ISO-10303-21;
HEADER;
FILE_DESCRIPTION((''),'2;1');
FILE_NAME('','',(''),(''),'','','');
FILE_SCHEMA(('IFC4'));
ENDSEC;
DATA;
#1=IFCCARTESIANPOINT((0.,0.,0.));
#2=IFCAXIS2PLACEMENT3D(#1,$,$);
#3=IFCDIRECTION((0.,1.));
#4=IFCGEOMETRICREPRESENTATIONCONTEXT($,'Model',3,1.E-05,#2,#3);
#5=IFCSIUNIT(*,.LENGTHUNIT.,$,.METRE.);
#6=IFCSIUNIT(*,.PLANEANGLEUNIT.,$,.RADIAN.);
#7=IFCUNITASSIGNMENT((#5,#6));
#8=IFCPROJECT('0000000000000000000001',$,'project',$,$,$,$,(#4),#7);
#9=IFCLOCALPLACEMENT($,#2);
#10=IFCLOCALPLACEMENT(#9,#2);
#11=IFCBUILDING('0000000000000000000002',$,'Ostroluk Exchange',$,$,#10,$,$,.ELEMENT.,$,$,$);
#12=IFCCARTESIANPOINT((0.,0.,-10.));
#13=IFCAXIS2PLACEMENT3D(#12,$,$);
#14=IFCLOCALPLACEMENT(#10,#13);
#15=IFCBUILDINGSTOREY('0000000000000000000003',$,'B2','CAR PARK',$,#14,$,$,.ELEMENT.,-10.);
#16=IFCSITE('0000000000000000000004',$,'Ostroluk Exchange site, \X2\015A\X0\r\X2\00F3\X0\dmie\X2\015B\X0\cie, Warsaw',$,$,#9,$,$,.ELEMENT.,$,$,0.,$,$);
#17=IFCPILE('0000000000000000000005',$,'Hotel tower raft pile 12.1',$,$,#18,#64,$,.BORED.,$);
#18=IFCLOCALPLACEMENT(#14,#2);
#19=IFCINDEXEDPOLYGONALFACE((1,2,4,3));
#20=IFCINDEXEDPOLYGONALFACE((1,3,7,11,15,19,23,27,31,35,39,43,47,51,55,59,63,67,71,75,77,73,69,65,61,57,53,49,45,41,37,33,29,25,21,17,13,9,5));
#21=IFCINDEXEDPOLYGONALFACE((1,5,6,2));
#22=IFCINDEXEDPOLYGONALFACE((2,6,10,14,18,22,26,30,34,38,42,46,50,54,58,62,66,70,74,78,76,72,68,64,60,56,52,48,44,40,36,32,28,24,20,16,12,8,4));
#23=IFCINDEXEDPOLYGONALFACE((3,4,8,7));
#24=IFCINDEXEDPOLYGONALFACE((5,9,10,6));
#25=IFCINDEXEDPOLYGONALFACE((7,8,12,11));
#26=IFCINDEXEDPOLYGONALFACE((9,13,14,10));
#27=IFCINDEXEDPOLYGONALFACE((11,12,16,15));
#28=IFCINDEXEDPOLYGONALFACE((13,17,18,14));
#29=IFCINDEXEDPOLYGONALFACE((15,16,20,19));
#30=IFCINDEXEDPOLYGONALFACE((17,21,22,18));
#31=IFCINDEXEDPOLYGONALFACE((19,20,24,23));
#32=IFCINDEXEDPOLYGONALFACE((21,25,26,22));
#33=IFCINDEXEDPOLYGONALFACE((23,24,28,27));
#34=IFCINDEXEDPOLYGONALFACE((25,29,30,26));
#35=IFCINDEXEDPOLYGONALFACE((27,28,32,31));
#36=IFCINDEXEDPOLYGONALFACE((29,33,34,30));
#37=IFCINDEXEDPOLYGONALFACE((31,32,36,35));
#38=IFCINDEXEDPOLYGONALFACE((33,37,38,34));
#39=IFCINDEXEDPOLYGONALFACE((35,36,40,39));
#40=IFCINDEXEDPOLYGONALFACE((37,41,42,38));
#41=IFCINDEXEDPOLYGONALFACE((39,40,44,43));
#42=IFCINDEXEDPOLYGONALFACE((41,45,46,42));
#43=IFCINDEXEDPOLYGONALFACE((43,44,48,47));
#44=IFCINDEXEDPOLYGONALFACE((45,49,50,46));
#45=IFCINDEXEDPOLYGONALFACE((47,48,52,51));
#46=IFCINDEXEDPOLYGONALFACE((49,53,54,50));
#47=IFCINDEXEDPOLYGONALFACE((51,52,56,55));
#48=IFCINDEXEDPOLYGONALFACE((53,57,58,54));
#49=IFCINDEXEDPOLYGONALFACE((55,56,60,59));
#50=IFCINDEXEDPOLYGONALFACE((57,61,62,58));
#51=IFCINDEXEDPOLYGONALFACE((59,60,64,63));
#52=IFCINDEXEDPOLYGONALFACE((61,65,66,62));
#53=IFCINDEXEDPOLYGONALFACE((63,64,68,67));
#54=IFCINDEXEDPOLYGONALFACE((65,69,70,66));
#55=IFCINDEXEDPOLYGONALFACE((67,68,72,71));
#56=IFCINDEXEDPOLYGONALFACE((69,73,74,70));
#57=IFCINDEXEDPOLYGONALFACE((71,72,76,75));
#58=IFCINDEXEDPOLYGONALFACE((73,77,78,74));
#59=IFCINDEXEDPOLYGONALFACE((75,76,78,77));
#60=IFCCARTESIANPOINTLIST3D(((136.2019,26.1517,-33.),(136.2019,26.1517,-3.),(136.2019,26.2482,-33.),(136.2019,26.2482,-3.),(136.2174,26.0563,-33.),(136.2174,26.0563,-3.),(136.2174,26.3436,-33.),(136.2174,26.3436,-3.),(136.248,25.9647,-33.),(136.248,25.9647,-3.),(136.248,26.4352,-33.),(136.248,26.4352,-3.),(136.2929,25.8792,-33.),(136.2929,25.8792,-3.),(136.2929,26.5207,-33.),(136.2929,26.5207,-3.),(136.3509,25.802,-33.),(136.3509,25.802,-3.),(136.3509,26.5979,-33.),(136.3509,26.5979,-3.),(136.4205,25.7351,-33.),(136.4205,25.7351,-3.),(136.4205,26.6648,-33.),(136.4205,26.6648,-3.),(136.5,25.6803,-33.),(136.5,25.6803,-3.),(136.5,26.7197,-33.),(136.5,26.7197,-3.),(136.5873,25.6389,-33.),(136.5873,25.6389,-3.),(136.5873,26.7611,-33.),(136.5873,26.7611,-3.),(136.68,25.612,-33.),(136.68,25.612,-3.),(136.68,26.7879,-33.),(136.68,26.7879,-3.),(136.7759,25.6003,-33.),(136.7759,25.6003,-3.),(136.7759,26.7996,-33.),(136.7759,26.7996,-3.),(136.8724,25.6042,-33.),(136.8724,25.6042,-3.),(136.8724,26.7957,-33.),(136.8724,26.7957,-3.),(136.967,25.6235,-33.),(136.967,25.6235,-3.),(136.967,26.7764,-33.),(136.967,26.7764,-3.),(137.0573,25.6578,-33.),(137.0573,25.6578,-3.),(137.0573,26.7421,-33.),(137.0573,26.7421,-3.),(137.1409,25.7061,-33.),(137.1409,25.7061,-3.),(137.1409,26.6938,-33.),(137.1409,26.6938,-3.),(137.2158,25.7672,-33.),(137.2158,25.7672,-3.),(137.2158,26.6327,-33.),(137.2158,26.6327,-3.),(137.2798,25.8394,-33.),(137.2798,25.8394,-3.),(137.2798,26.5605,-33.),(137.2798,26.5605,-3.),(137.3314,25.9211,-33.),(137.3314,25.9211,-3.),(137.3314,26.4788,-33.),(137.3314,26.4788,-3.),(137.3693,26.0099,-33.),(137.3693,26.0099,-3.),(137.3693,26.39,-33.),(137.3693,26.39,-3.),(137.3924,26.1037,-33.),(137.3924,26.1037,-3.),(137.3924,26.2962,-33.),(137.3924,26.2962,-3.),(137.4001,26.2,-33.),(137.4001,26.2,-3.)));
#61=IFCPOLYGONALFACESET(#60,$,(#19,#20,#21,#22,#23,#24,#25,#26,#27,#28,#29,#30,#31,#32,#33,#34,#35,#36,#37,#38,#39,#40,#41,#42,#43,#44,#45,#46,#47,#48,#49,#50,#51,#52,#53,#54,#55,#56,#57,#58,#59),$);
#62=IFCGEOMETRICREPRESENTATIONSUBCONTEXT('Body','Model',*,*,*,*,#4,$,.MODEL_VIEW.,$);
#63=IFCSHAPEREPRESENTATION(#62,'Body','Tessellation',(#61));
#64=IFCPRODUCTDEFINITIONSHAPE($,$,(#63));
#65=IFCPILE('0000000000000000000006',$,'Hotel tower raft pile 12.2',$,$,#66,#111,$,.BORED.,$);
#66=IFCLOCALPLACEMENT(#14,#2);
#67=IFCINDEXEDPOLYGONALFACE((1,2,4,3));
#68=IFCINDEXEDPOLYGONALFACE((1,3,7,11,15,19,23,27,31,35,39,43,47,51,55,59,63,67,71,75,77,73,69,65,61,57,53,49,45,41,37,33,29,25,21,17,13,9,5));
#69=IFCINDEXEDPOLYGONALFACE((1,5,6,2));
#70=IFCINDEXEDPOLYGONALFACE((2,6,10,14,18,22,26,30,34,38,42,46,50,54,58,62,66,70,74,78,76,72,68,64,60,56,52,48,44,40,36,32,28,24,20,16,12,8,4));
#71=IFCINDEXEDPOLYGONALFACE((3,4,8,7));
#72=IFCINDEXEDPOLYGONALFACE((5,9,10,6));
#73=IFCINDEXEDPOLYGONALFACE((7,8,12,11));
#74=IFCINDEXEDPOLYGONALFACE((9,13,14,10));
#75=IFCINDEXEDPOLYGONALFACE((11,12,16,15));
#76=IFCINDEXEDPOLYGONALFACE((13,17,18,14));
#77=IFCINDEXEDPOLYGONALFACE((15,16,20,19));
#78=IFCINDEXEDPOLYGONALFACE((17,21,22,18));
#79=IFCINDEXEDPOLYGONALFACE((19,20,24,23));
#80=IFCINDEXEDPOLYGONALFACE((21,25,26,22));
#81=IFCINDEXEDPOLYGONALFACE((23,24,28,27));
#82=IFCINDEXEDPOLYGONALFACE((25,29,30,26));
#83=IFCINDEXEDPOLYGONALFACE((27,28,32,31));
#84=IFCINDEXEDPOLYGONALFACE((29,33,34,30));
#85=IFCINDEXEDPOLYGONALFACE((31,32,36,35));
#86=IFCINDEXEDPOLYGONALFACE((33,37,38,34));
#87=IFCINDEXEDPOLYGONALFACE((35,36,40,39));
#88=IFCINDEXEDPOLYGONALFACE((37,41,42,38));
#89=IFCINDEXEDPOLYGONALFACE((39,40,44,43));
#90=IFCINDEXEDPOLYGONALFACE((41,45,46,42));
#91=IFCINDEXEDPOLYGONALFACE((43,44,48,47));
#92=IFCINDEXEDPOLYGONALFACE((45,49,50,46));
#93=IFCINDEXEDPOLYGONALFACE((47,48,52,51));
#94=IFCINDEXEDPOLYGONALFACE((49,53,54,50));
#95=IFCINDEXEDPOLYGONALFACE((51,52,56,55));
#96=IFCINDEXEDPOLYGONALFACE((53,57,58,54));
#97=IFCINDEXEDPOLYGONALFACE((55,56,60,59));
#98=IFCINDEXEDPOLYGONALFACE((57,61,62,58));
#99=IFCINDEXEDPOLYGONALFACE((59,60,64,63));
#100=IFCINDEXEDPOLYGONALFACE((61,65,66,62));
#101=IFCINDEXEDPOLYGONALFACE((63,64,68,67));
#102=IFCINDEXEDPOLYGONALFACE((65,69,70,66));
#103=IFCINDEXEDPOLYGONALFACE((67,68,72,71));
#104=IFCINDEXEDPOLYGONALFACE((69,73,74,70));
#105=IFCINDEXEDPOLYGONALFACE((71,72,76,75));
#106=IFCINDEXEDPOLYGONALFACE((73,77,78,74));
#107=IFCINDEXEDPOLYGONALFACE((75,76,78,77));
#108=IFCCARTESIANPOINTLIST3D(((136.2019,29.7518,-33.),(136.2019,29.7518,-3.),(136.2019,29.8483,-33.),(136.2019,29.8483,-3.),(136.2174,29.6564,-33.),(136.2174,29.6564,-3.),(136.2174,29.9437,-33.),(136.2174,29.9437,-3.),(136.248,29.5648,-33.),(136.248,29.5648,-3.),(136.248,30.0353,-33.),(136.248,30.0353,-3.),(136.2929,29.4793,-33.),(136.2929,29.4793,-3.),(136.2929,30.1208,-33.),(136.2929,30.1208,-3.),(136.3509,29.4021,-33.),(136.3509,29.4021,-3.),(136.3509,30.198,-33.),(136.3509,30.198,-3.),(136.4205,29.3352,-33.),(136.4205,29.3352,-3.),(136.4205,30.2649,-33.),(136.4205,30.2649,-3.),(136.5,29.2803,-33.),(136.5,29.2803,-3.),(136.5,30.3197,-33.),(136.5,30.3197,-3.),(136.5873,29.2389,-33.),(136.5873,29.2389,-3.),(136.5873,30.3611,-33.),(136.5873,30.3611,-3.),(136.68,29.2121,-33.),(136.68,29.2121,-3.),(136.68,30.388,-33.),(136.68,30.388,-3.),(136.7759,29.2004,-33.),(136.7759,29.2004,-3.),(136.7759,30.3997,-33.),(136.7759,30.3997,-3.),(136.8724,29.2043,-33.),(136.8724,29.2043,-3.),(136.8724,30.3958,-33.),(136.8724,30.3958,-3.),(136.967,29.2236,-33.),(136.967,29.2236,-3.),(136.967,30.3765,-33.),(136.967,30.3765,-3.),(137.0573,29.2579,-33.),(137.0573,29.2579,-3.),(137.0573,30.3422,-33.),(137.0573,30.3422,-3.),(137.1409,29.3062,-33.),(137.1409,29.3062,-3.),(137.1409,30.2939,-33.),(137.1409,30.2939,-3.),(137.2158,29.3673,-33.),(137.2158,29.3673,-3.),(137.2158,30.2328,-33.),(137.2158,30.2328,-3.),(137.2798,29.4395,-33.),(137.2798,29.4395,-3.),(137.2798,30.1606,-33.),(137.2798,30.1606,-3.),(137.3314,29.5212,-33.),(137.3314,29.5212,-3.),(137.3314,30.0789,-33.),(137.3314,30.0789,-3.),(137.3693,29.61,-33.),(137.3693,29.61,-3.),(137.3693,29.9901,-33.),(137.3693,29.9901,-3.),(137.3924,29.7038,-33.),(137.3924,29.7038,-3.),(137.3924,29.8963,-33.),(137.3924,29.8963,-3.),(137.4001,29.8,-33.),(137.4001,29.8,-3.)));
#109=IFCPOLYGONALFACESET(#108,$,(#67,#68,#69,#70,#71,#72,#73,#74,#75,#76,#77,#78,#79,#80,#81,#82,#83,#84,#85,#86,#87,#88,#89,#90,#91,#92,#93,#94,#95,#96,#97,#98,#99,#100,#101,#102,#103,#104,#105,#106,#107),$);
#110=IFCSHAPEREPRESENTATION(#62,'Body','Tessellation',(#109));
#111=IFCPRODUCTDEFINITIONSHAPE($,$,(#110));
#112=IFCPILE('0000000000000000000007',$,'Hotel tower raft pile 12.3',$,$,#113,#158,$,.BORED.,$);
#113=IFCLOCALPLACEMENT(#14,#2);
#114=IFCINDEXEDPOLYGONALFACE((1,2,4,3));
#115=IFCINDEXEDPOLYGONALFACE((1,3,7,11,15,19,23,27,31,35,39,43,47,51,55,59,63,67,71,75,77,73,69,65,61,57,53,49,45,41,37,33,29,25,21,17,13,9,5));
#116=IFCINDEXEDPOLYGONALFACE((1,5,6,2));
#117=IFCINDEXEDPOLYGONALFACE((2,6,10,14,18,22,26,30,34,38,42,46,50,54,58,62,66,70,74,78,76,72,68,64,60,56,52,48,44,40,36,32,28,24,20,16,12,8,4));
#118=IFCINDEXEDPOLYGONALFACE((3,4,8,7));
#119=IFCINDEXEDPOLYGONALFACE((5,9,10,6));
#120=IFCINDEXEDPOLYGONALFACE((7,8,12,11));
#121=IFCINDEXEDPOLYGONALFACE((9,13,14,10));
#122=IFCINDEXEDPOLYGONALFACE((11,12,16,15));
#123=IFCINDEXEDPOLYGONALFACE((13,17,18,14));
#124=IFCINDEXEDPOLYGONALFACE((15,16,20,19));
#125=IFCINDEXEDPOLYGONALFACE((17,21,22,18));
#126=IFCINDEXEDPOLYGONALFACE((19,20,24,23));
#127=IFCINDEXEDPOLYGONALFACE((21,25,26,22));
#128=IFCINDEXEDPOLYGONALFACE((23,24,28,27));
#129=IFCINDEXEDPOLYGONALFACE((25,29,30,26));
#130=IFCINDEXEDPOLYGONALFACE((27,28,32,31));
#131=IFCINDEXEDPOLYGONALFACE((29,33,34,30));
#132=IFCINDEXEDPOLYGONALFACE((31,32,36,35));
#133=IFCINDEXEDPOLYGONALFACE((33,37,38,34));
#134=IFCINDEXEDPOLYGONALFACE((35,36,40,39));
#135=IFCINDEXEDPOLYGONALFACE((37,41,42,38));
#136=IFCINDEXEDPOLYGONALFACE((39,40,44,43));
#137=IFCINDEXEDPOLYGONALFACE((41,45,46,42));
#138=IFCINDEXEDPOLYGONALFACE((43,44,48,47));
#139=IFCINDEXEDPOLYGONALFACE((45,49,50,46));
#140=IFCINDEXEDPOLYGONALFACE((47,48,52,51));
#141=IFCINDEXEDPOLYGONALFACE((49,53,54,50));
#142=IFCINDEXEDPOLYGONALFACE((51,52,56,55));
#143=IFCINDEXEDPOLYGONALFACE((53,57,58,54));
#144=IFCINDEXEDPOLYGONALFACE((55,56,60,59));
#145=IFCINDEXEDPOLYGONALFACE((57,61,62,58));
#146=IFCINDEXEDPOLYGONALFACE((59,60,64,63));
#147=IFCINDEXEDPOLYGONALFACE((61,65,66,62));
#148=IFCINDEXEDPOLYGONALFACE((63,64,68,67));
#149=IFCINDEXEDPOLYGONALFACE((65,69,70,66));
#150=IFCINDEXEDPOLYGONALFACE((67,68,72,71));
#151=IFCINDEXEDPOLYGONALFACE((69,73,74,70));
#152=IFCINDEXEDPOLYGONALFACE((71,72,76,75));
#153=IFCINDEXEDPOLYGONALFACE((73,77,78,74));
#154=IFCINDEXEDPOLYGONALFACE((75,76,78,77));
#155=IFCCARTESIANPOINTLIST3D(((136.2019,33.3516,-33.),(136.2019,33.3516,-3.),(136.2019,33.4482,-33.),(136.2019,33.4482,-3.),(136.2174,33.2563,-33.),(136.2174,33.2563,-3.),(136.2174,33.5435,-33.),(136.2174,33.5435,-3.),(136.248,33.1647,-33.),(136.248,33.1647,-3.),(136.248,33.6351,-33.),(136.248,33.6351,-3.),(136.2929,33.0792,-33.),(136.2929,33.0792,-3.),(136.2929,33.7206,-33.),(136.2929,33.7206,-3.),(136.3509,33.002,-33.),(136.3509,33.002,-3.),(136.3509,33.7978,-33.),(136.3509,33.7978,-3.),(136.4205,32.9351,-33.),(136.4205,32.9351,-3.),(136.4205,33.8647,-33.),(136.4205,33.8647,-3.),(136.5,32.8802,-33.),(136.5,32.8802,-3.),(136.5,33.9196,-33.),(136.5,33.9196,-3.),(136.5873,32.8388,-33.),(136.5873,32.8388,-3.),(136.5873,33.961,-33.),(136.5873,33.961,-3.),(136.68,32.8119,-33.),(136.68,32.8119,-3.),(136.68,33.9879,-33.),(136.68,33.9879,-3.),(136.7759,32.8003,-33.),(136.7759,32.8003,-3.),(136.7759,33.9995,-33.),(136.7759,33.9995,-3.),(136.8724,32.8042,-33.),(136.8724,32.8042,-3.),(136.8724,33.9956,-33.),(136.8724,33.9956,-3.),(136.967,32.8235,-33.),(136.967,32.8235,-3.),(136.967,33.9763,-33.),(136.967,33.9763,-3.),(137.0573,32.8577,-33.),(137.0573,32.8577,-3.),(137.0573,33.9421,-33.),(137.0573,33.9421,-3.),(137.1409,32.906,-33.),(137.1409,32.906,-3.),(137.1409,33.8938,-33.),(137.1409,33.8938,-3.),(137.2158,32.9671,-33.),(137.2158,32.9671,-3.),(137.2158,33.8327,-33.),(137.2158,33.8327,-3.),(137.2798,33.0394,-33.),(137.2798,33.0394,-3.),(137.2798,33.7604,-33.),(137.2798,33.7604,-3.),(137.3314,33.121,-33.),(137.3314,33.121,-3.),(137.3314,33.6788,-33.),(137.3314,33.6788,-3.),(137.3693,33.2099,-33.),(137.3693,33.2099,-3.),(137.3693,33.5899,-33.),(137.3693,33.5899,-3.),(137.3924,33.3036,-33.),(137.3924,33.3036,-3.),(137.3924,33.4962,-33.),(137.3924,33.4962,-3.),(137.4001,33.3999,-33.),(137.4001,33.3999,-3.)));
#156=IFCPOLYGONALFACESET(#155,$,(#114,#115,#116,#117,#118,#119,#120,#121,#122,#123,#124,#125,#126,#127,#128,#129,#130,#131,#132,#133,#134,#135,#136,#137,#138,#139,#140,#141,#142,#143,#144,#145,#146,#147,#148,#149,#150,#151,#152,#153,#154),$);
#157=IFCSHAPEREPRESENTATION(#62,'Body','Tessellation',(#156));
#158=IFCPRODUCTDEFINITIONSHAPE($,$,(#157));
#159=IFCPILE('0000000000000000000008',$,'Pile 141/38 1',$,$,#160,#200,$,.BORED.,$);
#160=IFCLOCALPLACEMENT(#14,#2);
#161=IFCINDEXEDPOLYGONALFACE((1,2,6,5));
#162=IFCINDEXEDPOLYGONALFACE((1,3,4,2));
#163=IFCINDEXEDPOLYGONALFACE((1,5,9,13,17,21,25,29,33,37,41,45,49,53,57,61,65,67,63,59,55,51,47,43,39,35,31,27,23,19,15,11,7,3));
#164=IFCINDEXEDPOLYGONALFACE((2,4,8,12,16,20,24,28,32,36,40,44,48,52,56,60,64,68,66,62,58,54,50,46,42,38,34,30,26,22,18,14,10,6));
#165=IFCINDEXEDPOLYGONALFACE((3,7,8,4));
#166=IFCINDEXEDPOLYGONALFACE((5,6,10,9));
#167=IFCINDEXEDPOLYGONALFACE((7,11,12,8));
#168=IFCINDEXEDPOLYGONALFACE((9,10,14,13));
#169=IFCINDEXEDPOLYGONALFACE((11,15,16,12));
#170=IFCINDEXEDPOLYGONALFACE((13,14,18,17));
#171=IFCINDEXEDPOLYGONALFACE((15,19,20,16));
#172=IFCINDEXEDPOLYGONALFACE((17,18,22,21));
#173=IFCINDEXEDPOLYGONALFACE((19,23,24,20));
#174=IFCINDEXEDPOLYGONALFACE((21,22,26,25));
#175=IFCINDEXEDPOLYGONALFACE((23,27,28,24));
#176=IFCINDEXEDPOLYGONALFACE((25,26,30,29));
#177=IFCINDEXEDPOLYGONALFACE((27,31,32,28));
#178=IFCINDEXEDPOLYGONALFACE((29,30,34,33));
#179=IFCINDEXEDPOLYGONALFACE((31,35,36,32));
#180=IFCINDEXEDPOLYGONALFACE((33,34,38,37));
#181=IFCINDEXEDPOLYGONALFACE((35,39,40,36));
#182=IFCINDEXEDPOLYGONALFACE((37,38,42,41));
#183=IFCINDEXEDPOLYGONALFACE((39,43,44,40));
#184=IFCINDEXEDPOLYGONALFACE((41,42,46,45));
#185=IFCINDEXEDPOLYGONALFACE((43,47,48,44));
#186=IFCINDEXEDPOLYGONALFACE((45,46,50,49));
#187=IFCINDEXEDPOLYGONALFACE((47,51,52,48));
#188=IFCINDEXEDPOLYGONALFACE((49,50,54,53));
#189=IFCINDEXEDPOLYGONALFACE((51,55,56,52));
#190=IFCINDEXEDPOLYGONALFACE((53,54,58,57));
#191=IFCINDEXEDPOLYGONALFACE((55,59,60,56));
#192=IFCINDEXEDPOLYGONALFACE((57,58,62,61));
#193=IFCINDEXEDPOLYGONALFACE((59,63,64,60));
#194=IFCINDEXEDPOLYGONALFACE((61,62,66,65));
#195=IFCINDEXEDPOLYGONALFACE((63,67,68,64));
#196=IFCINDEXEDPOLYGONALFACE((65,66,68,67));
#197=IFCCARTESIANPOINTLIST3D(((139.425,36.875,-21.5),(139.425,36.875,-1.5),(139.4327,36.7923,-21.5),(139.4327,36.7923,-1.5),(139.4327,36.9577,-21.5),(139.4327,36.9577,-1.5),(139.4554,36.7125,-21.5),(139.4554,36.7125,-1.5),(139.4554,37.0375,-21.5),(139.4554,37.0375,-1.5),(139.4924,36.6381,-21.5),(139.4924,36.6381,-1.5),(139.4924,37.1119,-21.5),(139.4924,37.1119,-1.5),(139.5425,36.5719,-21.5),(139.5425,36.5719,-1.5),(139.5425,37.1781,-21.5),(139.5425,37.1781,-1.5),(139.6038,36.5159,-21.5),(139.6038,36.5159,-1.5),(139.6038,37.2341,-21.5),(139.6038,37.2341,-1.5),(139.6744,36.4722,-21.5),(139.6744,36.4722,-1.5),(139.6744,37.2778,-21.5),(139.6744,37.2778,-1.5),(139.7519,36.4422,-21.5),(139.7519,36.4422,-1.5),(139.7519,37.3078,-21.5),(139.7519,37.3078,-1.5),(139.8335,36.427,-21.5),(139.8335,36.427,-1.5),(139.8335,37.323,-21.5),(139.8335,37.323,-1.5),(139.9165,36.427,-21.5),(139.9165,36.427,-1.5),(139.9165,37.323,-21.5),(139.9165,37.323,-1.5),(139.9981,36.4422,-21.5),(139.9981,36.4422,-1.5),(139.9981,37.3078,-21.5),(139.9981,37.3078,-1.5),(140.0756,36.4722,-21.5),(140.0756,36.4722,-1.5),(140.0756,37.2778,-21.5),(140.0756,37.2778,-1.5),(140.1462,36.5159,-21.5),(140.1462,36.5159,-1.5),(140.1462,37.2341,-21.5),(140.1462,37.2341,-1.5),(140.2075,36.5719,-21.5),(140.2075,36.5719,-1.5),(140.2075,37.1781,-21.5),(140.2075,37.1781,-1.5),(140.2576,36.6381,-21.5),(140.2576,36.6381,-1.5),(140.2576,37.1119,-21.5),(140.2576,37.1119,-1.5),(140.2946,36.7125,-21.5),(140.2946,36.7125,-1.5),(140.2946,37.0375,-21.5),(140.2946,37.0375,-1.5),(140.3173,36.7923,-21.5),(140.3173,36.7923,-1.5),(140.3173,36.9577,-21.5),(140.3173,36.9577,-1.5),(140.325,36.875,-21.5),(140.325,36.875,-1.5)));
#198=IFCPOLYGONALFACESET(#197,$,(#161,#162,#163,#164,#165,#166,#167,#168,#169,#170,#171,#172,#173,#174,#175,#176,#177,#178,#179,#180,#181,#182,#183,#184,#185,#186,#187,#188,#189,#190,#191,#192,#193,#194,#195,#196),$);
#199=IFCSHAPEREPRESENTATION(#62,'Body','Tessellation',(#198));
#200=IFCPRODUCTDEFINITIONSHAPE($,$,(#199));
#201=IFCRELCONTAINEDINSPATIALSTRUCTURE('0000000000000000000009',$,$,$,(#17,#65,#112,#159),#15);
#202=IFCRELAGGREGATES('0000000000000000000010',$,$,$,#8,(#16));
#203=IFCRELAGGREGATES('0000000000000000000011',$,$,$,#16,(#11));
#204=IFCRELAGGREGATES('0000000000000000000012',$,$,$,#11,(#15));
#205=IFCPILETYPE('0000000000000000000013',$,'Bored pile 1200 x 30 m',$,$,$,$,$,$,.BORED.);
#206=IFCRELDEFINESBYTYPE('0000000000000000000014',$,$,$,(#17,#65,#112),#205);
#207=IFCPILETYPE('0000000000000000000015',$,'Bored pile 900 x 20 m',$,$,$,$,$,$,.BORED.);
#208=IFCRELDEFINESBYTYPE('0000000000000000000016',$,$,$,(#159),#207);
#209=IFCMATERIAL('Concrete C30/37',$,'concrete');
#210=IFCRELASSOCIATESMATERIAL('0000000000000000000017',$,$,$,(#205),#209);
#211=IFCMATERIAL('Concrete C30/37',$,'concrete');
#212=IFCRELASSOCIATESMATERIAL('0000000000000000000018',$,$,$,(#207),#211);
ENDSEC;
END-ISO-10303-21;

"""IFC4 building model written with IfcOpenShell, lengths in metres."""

from ifc_helpers import new_model, si_unit, direction, frame, origin, origin_2d, place, context, subcontext, project, spatial, circle, extrude, material, type_object, element, save


model = new_model("IFC4")

# Units and contexts
model_context = context("Model", 3, precision=1e-05, world=origin(), true_north=direction((0.0, 1.0)))
body_context = subcontext(model_context, "Body", "Model", "MODEL_VIEW")
ifc_project = project(units=[si_unit("LENGTHUNIT", "METRE"), si_unit("PLANEANGLEUNIT", "RADIAN")], contexts=[model_context])

# Site, building, storey
site_placement = place(None, origin())
site = spatial("IfcSite", under=ifc_project, at=site_placement, Name="Ostroluk Exchange site, Śródmieście, Warsaw", CompositionType="ELEMENT", RefElevation=0.0)
building_placement = place(site_placement, origin())
building = spatial("IfcBuilding", under=site, at=building_placement, Name="Ostroluk Exchange", CompositionType="ELEMENT")
storey_placement = place(building_placement, frame((0.0, 0.0, -10.0)))
storey = spatial("IfcBuildingStorey", under=building, at=storey_placement, Name="B2", Description="CAR PARK", CompositionType="ELEMENT", Elevation=-10.0)

# Piles
ifc_material_1 = material(Name="Concrete C30/37", Category="concrete")
pile_type_1 = type_object("IfcPileType", Name="Bored pile 1200 x 30 m", PredefinedType="BORED", material=ifc_material_1)
for number, where, z_axis, x_axis, name in (
    (1, (136.8, 26.2, -3.0), (0.0, 0.0, -1.0), (1.0, 0.0, 0.0), "Hotel tower raft pile 12.1"),
    (2, (136.8, 29.8, -3.0), (0.0, 0.0, -1.0), (1.0, 0.0, 0.0), "Hotel tower raft pile 12.2"),
    (3, (136.8, 33.3999, -3.0), (0.0, 0.0, -1.0), (1.0, 0.0, 0.0), "Hotel tower raft pile 12.3"),
):
    element("IfcPile", number, at=place(storey_placement, frame(where, z_axis=z_axis, x_axis=x_axis)), inside=storey, type_object=pile_type_1, Name=name, PredefinedType="BORED", context=body_context, shape_type="SweptSolid", body=[
        extrude(circle(Radius=0.6001, at=origin_2d()), origin(), (0.0, 0.0, 1.0), 30.0),
    ])
ifc_material_2 = material(Name="Concrete C30/37", Category="concrete")
pile_type_2 = type_object("IfcPileType", Name="Bored pile 900 x 20 m", PredefinedType="BORED", material=ifc_material_2)
for number, where, z_axis, x_axis, name in (
    (4, (139.875, 36.875, -1.5), (0.0, 0.0, -1.0), (1.0, 0.0, 0.0), "Pile 141/38 1"),
):
    element("IfcPile", number, at=place(storey_placement, frame(where, z_axis=z_axis, x_axis=x_axis)), inside=storey, type_object=pile_type_2, Name=name, PredefinedType="BORED", context=body_context, shape_type="SweptSolid", body=[
        extrude(circle(Radius=0.45, at=origin_2d()), origin(), (0.0, 0.0, 1.0), 20.0),
    ])

save(model, "model.ifc")
